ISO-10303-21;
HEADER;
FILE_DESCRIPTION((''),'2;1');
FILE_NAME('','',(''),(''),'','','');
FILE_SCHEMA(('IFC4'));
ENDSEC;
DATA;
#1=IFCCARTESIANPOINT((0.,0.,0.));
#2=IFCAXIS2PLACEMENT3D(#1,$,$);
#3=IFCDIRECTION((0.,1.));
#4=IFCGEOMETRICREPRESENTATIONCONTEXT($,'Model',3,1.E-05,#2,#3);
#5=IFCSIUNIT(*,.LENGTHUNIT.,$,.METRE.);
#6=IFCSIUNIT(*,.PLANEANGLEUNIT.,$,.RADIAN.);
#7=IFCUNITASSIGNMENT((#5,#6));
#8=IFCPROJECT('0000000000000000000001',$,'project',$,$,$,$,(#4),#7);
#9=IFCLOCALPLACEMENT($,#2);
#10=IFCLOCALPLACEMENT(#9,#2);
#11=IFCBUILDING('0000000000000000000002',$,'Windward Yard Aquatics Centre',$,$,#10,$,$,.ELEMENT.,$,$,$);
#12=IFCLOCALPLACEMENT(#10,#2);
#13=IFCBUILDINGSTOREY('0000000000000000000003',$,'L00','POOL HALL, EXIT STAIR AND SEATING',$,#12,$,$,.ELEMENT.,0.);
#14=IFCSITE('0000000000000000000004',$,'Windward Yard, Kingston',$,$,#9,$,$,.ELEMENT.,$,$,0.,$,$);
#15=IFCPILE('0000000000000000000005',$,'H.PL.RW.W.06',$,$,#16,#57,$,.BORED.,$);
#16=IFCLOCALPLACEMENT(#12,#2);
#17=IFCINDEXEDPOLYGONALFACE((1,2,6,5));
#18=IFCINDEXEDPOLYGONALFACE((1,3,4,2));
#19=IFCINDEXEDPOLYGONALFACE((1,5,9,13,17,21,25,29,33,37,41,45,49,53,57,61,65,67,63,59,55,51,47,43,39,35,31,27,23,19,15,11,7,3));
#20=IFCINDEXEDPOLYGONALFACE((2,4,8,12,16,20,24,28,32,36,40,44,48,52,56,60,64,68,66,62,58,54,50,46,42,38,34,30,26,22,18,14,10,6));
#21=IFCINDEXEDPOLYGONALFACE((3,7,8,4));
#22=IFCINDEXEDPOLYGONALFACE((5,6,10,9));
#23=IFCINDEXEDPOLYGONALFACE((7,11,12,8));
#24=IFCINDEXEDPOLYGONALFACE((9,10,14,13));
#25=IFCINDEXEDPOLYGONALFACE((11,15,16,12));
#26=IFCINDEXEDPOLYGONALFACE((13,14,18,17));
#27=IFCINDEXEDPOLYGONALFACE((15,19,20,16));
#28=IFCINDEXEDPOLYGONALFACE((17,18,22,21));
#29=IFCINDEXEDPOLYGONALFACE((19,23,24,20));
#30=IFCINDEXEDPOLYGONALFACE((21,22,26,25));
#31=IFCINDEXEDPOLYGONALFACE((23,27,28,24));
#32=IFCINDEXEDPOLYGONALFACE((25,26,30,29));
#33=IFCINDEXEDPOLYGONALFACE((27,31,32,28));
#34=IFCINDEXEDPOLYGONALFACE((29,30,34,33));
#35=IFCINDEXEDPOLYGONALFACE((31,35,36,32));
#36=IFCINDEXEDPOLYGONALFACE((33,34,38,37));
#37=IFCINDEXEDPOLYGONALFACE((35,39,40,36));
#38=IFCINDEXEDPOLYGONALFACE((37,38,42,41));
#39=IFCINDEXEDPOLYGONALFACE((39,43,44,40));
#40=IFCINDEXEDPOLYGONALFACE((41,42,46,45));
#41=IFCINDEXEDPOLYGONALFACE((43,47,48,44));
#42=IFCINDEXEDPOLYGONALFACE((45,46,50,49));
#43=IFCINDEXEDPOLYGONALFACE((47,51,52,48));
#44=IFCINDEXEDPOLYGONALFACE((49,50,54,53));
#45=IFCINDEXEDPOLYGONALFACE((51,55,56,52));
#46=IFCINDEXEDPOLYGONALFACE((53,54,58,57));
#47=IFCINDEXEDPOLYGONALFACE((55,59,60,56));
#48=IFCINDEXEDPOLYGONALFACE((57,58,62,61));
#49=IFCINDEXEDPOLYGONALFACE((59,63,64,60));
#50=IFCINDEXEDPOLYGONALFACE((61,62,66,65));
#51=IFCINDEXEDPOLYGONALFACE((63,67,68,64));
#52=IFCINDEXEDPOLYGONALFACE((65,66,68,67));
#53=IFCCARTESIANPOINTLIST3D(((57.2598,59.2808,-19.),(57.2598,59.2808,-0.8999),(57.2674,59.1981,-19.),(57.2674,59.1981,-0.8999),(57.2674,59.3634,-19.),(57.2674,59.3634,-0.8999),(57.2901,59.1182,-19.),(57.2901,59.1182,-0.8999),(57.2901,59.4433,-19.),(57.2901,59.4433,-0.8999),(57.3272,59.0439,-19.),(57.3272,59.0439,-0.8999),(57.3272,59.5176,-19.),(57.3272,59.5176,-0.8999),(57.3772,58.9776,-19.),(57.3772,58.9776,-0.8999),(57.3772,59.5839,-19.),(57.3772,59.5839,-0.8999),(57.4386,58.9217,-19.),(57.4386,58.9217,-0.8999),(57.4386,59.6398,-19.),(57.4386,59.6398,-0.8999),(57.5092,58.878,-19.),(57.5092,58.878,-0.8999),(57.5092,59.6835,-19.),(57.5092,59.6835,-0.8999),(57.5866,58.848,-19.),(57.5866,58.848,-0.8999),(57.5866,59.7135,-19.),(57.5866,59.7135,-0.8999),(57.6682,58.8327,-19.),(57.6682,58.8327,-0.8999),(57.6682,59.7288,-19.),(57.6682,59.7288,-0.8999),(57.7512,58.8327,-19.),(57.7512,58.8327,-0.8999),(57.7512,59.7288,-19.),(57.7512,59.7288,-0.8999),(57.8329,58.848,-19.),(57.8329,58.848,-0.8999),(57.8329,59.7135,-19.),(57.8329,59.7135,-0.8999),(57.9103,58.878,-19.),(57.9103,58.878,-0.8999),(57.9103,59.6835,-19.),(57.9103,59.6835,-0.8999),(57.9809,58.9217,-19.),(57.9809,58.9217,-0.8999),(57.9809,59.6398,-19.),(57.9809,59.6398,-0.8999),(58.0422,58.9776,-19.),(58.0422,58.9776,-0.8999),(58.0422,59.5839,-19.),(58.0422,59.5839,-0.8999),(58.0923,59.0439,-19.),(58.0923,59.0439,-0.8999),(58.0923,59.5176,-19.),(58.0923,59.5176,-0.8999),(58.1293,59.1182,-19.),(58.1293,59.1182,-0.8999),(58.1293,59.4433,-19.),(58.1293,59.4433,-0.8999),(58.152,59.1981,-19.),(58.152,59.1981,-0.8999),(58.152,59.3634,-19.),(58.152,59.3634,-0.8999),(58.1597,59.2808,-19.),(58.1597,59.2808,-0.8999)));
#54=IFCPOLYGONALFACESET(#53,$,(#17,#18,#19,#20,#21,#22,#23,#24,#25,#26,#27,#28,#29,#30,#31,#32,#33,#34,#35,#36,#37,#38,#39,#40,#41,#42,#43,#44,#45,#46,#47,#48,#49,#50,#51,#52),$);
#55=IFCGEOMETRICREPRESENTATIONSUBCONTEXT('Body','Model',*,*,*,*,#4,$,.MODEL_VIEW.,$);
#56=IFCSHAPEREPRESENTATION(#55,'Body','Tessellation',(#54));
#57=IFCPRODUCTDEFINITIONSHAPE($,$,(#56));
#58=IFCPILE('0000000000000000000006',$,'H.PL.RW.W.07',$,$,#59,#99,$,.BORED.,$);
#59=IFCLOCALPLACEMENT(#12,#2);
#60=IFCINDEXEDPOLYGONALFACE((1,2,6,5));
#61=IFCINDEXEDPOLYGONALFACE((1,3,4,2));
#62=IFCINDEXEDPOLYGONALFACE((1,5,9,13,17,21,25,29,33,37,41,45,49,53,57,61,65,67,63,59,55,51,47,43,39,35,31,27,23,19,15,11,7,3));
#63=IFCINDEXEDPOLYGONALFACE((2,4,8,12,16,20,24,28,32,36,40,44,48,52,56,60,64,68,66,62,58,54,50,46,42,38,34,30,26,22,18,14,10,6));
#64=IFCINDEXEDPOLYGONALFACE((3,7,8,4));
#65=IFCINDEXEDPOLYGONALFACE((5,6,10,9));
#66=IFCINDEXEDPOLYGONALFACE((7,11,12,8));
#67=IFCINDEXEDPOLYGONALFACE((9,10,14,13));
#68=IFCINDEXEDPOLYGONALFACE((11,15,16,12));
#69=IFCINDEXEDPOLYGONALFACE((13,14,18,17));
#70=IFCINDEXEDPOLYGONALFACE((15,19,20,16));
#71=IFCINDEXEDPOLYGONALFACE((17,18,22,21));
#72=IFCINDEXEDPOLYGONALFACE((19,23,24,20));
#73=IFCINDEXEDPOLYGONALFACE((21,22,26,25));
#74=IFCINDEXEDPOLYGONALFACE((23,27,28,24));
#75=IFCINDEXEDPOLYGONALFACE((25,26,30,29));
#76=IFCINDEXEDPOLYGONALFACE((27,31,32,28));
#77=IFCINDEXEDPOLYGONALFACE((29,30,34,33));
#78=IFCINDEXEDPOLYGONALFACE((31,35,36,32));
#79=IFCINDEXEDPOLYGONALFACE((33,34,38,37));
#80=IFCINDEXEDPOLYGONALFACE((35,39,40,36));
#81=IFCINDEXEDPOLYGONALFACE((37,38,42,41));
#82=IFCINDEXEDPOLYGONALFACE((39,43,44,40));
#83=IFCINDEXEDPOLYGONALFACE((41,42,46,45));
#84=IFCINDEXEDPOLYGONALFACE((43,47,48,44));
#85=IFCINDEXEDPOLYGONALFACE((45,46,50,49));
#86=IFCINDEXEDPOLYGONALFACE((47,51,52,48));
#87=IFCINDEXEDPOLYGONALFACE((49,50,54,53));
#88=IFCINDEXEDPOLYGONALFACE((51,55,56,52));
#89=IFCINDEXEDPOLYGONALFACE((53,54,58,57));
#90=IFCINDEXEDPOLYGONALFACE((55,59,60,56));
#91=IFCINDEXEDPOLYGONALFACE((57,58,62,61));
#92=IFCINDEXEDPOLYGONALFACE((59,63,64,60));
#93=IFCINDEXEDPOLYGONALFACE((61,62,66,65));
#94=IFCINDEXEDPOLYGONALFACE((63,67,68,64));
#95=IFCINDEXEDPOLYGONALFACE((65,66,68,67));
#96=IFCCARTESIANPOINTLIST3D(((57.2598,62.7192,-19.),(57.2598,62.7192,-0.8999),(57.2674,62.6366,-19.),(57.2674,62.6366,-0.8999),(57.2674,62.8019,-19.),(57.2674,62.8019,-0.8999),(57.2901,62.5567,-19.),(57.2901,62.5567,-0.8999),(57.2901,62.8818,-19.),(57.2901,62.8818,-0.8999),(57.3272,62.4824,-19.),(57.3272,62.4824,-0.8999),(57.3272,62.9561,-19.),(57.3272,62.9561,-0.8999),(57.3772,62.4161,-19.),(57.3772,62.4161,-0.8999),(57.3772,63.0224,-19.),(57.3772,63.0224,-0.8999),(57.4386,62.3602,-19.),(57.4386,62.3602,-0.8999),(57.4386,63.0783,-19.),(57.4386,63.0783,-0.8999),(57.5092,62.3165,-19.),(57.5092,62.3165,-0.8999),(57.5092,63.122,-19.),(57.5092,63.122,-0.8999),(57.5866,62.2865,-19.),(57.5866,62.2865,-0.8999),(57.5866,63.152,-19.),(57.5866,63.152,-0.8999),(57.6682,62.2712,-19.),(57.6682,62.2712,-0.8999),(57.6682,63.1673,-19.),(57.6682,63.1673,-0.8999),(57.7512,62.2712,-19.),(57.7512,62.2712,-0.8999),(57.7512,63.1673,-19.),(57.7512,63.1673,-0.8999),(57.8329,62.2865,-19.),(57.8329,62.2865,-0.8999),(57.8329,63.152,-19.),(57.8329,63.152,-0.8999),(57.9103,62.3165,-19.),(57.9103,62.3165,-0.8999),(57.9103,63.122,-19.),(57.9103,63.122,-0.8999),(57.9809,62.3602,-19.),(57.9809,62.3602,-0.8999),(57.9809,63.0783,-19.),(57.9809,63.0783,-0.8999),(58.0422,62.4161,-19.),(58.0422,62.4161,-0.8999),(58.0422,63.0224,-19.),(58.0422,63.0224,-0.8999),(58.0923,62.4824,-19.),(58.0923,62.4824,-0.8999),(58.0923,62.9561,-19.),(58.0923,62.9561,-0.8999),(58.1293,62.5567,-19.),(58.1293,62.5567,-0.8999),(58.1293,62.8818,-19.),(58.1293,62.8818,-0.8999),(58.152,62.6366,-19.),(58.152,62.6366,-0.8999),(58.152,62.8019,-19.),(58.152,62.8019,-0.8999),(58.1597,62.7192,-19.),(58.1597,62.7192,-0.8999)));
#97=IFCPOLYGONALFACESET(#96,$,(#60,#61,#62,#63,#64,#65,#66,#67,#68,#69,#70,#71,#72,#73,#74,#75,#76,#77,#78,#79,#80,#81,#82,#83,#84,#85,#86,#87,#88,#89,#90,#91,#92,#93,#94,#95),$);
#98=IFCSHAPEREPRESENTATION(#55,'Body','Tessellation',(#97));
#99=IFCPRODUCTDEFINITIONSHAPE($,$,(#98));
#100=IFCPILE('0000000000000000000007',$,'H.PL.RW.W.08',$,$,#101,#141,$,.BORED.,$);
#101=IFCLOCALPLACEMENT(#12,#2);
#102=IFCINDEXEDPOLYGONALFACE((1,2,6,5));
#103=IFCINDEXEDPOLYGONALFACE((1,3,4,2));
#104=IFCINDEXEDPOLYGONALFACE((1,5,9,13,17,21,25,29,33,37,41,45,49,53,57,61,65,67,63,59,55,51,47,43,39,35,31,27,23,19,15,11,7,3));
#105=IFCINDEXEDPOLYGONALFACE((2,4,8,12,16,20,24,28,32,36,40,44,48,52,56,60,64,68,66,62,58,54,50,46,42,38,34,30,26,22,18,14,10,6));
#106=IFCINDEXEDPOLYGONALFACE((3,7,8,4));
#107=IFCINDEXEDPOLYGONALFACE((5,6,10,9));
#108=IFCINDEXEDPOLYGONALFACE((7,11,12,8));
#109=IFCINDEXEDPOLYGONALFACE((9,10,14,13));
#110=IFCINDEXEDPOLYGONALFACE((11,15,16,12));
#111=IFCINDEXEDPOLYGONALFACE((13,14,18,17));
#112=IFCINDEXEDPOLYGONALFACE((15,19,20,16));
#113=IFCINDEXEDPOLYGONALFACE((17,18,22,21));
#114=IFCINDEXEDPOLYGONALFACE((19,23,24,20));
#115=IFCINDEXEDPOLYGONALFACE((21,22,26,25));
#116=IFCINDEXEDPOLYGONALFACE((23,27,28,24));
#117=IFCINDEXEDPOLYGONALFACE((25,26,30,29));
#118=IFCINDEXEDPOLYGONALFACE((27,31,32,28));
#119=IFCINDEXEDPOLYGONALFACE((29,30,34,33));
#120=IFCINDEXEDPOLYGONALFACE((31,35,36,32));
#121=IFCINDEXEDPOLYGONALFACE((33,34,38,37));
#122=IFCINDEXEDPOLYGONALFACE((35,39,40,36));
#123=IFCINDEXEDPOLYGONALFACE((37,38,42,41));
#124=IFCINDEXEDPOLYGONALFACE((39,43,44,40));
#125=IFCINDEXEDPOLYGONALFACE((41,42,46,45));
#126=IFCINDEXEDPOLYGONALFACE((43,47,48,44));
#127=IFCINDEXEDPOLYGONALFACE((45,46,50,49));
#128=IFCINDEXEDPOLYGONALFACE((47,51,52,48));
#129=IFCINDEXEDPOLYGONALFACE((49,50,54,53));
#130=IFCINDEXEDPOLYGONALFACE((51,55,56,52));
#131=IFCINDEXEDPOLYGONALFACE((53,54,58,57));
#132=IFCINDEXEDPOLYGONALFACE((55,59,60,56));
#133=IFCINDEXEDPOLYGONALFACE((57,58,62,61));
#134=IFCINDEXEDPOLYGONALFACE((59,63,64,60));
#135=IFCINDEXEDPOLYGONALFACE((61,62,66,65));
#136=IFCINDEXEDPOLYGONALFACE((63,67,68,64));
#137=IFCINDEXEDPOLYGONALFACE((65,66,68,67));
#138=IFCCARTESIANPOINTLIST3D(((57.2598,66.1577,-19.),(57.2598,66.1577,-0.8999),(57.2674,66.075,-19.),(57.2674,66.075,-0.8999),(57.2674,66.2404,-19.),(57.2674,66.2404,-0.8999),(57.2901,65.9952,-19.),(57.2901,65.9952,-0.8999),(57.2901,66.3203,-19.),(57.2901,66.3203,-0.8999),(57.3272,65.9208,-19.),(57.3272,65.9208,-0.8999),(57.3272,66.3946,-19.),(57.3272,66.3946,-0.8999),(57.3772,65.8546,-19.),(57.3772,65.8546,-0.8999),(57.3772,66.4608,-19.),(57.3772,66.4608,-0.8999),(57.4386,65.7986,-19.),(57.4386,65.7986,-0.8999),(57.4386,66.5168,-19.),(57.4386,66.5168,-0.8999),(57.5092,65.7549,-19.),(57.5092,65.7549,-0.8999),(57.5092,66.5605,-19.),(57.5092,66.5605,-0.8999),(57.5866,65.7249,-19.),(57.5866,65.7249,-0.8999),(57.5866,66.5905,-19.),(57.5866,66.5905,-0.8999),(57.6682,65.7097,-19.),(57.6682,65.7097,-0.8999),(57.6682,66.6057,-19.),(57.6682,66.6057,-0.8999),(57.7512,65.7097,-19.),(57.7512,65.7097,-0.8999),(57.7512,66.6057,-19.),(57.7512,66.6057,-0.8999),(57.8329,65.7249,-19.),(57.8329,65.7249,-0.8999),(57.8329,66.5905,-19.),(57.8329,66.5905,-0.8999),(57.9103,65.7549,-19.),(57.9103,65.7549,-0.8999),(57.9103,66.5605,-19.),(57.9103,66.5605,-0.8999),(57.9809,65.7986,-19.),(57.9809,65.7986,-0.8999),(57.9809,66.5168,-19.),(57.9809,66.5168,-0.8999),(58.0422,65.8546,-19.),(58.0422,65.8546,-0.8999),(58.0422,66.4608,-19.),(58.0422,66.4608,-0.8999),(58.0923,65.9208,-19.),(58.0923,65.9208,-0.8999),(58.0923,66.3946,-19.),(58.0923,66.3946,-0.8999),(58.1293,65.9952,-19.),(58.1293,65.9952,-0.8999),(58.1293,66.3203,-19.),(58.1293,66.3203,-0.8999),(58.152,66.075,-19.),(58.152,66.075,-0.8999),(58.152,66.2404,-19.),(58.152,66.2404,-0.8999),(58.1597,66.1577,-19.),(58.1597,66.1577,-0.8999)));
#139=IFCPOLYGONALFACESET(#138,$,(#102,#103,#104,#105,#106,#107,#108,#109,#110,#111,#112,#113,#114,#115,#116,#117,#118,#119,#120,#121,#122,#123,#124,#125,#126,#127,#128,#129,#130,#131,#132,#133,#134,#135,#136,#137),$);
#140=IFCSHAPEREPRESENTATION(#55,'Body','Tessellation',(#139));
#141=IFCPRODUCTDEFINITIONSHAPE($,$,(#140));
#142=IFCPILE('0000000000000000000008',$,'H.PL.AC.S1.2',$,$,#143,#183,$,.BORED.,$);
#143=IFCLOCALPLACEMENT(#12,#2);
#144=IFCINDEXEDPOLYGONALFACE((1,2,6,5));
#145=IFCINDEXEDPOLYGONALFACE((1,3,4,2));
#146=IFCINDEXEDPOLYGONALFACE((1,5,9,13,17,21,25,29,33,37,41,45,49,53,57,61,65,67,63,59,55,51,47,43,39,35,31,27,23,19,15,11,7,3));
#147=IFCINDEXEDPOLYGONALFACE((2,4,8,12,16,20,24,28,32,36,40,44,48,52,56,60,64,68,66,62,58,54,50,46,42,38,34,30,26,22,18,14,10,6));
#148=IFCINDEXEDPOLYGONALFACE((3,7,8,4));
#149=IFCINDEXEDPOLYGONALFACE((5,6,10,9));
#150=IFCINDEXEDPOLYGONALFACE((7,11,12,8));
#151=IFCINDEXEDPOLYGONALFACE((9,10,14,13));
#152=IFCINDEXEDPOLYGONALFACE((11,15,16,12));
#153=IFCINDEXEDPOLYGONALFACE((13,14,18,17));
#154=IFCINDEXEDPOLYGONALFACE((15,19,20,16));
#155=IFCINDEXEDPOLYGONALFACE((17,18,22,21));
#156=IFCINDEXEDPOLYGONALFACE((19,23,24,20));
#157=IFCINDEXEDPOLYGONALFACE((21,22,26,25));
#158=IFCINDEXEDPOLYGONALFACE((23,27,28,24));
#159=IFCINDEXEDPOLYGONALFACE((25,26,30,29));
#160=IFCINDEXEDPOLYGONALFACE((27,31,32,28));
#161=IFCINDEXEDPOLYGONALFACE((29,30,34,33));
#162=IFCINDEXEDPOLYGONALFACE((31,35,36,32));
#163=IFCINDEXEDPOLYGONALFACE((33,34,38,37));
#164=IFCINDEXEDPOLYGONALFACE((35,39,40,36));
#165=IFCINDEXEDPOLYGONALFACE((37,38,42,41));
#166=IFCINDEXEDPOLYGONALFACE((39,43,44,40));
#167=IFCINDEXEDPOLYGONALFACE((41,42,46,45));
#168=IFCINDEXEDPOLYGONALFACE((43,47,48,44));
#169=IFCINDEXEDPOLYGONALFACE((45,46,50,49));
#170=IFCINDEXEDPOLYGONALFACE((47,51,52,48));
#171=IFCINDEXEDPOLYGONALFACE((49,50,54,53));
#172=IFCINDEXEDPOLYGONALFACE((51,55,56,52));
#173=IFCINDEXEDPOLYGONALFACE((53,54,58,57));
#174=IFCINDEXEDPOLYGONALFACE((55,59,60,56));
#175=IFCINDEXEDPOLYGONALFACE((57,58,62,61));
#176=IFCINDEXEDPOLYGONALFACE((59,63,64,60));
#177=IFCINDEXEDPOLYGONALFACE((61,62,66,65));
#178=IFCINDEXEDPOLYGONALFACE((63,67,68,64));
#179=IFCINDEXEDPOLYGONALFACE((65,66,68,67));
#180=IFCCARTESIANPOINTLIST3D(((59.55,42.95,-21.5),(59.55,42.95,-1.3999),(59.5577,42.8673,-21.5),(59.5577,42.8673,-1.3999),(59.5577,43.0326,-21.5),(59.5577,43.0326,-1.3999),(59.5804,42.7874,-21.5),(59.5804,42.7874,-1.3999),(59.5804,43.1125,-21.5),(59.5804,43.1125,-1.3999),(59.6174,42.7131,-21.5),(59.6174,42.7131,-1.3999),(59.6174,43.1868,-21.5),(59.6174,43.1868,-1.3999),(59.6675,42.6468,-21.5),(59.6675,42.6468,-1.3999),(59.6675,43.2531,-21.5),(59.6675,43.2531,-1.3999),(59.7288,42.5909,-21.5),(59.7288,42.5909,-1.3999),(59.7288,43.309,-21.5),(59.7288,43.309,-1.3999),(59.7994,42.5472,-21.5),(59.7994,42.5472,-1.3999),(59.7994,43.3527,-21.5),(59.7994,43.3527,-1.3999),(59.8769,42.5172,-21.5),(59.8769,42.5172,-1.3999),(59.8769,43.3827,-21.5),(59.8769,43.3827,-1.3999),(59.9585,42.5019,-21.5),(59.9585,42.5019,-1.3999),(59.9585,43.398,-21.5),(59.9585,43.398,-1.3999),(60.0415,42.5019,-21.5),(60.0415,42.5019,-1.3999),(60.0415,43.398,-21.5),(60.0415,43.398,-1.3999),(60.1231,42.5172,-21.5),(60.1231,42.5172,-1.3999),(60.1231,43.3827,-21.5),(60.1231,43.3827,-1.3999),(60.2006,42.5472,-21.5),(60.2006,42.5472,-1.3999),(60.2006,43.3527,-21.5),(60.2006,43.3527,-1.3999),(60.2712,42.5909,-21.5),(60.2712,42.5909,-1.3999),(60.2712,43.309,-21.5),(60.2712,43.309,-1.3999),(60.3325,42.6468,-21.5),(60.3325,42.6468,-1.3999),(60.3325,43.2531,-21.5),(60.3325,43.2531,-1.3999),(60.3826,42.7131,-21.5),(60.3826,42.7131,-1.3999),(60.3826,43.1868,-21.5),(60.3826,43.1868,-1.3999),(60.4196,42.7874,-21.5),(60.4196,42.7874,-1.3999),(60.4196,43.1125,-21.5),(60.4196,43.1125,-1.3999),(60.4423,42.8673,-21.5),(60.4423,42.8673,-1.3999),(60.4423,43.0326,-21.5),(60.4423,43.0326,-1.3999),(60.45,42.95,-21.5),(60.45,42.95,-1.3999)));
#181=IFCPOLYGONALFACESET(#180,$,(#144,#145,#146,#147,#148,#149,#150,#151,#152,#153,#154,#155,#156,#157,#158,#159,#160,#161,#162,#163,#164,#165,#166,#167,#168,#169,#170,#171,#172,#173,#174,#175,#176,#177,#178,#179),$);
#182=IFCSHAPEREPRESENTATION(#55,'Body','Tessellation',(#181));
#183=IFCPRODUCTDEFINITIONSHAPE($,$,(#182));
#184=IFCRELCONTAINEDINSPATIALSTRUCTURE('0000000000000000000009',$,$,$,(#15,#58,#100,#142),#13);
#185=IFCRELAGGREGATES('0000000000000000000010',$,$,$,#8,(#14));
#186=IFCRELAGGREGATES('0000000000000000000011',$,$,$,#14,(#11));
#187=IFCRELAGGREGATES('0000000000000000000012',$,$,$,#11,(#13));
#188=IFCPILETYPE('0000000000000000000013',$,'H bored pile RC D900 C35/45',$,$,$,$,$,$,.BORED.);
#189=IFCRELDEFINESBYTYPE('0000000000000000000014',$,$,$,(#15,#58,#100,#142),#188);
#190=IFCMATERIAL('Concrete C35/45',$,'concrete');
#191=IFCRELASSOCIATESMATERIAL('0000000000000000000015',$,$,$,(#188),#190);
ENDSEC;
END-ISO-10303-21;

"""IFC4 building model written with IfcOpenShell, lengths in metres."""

from ifc_helpers import new_model, si_unit, direction, frame, origin, origin_2d, place, context, subcontext, project, spatial, circle, extrude, material, material_profile, profile_set, type_object, element, save


model = new_model("IFC4")

# Units and contexts
model_context = context("Model", 3, precision=1e-05, world=origin(), true_north=direction((0.0, 1.0)))
body_context = subcontext(model_context, "Body", "Model", "MODEL_VIEW")
ifc_project = project(units=[si_unit("LENGTHUNIT", "METRE"), si_unit("PLANEANGLEUNIT", "RADIAN")], contexts=[model_context])

# Site, building, storey
site_placement = place(None, origin())
site = spatial("IfcSite", under=ifc_project, at=site_placement, Name="Windward Yard, Kingston", CompositionType="ELEMENT", RefElevation=0.0)
building_placement = place(site_placement, origin())
building = spatial("IfcBuilding", under=site, at=building_placement, Name="Windward Yard Aquatics Centre", CompositionType="ELEMENT")
storey_placement = place(building_placement, origin())
storey = spatial("IfcBuildingStorey", under=building, at=storey_placement, Name="L00", Description="POOL HALL, EXIT STAIR AND SEATING", CompositionType="ELEMENT", Elevation=0.0)

# Piles
ifc_material_1 = material(Name="Concrete C35/45", Category="concrete")
ifc_material_profile_1 = material_profile(ifc_material_1, circle(Radius=0.45, at=origin_2d()), Name="RC D900")
ifc_profile_set_1 = profile_set([ifc_material_profile_1], Name="Concrete C35/45")
pile_type = type_object("IfcPileType", Name="H bored pile RC D900 C35/45", PredefinedType="BORED", material=ifc_profile_set_1)
for number, where, z_axis, x_axis, name in (
    (1, (57.7097, 59.2808, -0.8999), (0.0, 0.0, -1.0), (1.0, 0.0, 0.0), "H.PL.RW.W.06"),
    (2, (57.7097, 62.7192, -0.8999), (0.0, 0.0, -1.0), (1.0, 0.0, 0.0), "H.PL.RW.W.07"),
    (3, (57.7097, 66.1577, -0.8999), (0.0, 0.0, -1.0), (1.0, 0.0, 0.0), "H.PL.RW.W.08"),
):
    element("IfcPile", number, at=place(storey_placement, frame(where, z_axis=z_axis, x_axis=x_axis)), inside=storey, type_object=pile_type, Name=name, PredefinedType="BORED", context=body_context, shape_type="SweptSolid", body=[
        extrude(circle(Radius=0.45, at=origin_2d()), origin(), (0.0, 0.0, 1.0), 18.1001),
    ])
for number, where, z_axis, x_axis, name in (
    (4, (60.0, 42.95, -1.3999), (0.0, 0.0, -1.0), (1.0, 0.0, 0.0), "H.PL.AC.S1.2"),
):
    element("IfcPile", number, at=place(storey_placement, frame(where, z_axis=z_axis, x_axis=x_axis)), inside=storey, type_object=pile_type, Name=name, PredefinedType="BORED", context=body_context, shape_type="SweptSolid", body=[
        extrude(circle(Radius=0.45, at=origin_2d()), origin(), (0.0, 0.0, 1.0), 20.1001),
    ])

save(model, "model.ifc")
